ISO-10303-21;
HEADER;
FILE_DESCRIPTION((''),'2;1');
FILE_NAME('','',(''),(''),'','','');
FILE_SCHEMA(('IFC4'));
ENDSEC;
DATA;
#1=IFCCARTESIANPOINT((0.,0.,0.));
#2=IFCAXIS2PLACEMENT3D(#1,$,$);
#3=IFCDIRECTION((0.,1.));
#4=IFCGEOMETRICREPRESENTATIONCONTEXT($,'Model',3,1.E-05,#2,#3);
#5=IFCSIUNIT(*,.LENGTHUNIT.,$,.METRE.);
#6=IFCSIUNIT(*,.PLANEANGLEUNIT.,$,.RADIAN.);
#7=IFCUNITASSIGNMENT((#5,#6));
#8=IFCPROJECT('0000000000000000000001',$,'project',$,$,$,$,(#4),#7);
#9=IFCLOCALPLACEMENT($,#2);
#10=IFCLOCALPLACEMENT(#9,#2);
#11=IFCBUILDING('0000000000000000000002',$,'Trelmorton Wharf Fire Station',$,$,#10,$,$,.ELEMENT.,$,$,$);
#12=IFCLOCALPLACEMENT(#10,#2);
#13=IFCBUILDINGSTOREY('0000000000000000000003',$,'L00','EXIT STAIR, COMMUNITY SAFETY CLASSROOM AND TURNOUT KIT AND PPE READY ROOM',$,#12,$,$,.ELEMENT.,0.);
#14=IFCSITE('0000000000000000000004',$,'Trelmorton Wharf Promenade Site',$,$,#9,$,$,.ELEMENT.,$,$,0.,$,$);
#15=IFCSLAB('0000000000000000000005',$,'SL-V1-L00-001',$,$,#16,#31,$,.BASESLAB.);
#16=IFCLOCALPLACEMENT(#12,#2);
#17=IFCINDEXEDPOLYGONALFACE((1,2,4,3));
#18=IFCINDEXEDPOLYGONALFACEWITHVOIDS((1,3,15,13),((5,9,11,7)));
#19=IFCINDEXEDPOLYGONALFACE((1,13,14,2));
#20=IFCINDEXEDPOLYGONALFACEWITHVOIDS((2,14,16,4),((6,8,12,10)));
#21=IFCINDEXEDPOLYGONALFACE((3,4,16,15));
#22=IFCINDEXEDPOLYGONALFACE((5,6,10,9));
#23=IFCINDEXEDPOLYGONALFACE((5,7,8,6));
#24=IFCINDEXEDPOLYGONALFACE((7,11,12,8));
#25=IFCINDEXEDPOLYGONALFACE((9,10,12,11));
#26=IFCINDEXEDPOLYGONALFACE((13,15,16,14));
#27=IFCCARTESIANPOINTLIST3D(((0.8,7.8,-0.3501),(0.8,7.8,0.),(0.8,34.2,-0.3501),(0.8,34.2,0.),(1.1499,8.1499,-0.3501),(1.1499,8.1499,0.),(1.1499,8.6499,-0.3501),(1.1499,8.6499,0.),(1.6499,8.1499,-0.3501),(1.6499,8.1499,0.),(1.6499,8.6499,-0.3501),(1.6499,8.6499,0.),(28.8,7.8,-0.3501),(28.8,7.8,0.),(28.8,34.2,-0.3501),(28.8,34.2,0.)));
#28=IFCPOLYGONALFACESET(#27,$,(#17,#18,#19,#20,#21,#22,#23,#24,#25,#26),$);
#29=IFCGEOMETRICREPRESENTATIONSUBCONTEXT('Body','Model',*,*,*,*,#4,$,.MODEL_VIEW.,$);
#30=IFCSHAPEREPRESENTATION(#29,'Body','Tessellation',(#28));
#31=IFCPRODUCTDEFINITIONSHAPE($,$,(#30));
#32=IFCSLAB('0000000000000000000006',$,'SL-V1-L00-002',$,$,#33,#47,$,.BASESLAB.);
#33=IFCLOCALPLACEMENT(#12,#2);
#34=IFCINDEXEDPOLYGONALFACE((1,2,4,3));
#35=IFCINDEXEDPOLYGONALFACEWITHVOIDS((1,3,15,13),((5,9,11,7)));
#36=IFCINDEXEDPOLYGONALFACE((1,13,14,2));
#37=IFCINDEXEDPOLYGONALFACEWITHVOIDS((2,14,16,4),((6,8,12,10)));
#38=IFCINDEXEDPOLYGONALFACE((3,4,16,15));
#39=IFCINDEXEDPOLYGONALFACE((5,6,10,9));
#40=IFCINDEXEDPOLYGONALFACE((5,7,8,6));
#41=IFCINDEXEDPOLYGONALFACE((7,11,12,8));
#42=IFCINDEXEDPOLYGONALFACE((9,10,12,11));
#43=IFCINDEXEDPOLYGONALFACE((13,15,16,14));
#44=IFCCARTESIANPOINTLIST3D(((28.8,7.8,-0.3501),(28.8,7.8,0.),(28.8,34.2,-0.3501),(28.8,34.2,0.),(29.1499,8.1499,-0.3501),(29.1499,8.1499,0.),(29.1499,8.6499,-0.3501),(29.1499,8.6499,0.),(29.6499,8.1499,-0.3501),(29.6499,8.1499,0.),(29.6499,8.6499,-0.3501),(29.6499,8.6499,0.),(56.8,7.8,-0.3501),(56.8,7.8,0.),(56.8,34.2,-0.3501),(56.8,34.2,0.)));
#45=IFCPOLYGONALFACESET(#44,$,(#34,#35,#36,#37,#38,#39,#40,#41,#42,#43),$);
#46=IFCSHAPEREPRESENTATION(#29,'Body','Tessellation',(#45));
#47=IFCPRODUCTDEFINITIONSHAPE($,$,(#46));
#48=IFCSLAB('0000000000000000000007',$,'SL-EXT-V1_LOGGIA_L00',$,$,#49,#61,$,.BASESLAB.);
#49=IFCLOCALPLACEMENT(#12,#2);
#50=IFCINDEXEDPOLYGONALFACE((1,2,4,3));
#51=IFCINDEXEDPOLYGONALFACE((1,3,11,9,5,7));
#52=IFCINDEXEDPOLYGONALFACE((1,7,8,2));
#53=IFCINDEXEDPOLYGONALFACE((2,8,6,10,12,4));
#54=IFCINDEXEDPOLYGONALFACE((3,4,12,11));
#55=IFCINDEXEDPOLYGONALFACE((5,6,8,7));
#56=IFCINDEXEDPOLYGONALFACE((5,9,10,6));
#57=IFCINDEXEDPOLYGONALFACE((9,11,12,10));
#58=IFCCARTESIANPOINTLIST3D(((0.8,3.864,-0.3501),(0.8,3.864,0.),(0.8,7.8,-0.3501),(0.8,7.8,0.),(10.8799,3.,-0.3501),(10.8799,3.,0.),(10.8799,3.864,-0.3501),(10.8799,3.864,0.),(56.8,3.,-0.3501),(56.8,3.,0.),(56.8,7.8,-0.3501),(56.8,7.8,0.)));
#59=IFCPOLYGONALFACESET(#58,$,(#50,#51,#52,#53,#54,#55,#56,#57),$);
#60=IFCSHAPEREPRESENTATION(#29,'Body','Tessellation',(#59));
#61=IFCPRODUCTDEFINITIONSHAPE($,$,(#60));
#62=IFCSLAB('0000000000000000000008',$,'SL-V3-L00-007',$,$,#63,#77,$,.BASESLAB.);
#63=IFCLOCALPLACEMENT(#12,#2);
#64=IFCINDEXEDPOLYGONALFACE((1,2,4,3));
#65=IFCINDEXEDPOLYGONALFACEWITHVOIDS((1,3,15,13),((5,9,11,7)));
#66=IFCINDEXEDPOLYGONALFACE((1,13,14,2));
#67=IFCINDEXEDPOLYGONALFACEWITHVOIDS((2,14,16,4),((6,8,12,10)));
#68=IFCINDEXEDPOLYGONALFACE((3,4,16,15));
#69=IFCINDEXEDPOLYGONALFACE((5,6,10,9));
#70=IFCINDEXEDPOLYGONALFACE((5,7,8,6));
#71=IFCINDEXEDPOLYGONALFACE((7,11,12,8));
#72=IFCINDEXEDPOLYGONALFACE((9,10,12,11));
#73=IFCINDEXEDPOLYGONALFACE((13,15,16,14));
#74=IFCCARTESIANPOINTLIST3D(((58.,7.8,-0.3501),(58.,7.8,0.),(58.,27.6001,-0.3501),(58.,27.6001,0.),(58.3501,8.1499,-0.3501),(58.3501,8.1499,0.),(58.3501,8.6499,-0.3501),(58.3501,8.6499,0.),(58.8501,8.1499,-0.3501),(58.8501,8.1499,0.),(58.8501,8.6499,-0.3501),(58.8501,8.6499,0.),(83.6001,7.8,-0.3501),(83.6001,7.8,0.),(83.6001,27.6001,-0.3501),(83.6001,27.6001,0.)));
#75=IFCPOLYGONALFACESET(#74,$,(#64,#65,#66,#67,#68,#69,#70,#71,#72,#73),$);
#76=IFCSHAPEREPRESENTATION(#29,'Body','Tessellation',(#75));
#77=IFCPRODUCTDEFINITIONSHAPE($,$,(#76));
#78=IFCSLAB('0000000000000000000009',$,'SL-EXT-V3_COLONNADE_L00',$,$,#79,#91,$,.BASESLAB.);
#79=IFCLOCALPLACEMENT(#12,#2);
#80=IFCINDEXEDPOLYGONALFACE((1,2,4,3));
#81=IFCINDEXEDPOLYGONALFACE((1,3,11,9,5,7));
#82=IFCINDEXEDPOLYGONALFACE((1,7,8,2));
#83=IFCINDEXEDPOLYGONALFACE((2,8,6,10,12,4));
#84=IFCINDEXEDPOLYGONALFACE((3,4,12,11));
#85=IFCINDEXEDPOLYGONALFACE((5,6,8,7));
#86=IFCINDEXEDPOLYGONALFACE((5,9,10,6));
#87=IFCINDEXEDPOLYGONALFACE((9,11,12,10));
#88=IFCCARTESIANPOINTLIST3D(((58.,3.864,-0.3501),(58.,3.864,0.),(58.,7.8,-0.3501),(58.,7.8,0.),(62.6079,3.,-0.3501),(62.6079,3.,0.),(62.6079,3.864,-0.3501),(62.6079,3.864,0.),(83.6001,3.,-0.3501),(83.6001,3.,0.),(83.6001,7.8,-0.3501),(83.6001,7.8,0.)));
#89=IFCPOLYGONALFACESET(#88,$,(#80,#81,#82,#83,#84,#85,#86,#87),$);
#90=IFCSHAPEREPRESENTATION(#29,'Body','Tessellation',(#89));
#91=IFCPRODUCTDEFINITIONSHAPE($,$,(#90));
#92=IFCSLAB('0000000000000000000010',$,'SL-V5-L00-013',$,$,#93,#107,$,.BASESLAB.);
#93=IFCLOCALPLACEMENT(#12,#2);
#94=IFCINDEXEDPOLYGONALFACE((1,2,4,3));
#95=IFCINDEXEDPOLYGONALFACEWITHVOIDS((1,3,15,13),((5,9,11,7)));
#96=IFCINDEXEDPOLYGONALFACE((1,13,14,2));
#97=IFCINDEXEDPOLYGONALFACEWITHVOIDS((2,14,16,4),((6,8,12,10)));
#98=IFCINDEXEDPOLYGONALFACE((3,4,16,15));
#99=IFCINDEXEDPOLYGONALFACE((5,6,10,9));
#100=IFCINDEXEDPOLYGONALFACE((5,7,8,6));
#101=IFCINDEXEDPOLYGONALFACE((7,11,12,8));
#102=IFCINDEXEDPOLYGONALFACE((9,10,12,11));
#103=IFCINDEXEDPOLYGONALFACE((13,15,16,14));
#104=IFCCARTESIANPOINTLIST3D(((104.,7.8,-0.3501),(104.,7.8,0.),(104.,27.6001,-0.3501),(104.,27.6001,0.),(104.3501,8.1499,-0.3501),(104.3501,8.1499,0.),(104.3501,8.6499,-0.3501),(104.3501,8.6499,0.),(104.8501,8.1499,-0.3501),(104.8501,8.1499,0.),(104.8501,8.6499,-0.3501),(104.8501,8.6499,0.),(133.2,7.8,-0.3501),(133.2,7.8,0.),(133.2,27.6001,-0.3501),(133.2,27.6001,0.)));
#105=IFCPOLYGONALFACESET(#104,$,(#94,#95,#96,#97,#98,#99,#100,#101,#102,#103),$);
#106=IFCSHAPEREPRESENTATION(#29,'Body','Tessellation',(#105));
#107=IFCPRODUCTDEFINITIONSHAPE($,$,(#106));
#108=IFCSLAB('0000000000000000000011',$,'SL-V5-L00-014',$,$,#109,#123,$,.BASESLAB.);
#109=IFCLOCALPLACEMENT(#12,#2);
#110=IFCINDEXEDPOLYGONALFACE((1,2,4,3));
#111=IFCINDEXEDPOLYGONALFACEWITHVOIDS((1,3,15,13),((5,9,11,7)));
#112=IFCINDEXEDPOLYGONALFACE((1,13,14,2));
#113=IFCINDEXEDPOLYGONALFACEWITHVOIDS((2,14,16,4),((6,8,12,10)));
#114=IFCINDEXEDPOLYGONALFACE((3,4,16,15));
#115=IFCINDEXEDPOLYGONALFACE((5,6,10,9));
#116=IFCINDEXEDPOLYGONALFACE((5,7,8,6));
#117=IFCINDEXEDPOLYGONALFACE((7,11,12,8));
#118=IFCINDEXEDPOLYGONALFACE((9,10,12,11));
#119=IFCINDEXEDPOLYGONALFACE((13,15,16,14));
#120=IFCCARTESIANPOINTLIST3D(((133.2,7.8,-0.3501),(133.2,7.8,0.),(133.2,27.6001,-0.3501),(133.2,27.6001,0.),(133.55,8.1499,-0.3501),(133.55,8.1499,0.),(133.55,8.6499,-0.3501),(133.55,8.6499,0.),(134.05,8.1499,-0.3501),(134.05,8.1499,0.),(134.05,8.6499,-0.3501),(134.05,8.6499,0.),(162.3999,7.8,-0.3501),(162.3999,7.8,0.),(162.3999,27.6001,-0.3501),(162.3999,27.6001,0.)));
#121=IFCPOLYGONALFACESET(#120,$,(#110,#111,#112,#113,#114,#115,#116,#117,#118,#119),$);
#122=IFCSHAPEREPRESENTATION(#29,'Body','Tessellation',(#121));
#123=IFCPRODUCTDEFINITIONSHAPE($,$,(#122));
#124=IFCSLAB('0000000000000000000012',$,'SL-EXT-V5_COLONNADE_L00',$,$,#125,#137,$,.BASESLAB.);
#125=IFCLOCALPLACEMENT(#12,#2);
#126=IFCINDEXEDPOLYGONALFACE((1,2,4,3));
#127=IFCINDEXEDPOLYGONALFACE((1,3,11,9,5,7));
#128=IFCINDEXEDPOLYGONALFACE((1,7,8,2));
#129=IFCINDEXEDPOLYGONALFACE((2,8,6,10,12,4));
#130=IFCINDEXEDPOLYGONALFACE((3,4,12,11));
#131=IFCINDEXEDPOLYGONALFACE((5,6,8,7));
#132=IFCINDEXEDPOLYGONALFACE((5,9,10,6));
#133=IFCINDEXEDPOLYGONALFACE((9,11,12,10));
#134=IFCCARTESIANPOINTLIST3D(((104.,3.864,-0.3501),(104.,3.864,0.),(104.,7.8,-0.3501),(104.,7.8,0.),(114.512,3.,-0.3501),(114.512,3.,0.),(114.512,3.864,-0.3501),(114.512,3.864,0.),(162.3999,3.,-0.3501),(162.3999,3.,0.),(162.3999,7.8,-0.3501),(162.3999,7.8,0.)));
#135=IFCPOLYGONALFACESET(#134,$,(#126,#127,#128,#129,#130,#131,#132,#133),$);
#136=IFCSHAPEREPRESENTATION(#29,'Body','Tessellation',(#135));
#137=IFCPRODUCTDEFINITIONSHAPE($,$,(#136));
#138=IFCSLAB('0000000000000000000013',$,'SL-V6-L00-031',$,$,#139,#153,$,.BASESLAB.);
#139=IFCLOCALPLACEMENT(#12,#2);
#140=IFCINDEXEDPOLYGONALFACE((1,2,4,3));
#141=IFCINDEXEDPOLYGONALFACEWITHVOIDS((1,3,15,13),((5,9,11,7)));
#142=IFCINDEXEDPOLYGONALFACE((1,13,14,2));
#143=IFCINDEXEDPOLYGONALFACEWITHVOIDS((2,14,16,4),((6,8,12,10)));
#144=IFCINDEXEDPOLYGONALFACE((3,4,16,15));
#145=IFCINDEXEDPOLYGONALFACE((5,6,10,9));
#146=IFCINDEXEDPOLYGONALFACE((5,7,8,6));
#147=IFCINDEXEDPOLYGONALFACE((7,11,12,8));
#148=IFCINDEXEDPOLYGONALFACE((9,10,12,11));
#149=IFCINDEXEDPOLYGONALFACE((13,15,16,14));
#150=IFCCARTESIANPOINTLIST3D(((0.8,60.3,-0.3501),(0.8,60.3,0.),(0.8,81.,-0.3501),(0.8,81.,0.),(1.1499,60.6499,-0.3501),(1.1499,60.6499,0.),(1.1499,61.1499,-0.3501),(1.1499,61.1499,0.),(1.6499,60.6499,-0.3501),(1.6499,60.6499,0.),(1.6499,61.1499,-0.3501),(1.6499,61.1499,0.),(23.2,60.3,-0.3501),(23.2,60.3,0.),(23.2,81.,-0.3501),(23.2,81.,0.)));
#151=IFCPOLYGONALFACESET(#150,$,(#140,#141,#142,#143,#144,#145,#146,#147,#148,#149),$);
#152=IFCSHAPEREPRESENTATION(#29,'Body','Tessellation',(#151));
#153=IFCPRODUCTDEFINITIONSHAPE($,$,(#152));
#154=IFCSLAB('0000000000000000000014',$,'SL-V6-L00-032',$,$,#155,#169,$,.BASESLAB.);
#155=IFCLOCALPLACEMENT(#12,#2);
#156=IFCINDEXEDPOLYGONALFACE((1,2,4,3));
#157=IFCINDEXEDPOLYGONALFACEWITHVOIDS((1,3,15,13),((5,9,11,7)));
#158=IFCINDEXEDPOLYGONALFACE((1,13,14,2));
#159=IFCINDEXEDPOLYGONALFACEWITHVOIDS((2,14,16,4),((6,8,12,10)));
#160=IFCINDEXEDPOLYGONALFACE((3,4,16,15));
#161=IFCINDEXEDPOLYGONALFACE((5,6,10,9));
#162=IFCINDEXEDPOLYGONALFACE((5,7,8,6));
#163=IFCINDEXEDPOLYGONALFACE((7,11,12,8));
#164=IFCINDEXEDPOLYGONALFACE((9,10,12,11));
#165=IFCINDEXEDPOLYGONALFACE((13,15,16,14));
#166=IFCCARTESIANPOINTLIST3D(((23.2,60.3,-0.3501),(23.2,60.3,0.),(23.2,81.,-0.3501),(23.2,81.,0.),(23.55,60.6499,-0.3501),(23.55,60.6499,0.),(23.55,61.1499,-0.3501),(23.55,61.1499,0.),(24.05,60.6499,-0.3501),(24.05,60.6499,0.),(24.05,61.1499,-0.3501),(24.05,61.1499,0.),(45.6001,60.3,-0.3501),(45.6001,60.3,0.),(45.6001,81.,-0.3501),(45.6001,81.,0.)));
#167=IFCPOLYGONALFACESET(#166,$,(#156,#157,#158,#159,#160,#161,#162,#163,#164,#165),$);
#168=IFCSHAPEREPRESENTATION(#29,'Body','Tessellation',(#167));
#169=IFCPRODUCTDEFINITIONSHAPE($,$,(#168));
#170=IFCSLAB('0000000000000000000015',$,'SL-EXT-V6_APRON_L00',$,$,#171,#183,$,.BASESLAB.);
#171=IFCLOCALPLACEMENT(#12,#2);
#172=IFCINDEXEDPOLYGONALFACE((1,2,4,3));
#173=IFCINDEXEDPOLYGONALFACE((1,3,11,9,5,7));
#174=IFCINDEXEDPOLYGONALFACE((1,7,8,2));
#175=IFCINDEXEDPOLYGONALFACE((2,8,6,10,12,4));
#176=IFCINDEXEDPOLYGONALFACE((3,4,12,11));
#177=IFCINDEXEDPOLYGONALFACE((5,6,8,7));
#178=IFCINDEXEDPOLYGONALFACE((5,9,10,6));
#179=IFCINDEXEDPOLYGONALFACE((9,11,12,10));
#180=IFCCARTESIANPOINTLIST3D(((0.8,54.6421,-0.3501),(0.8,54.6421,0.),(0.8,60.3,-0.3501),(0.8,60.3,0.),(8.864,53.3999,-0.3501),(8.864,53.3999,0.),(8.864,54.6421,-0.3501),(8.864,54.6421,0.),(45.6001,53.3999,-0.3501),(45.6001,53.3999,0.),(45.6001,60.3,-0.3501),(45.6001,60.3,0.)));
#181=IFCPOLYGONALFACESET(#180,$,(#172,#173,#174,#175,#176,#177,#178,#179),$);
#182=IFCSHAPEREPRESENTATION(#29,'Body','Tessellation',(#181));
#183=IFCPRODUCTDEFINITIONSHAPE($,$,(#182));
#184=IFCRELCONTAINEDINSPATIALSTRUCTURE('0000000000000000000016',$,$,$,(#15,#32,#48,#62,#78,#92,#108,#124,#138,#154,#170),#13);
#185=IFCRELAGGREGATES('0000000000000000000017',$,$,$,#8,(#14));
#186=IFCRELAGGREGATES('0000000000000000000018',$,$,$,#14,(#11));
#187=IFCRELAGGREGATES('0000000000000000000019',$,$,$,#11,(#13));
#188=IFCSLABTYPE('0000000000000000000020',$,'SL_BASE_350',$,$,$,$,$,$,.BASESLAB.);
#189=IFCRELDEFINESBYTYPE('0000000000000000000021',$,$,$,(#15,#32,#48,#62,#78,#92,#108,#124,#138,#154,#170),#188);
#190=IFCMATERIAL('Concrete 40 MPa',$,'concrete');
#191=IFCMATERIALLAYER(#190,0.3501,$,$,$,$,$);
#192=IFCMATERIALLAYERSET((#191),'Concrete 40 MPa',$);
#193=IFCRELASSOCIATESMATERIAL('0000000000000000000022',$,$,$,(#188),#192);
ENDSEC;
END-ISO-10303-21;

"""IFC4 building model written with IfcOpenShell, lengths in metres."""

from ifc_helpers import new_model, si_unit, direction, frame, origin, place, context, subcontext, project, spatial, polyline, outline, extrude, material, layer, layer_set, type_object, element, save


model = new_model("IFC4")

# Units and contexts
model_context = context("Model", 3, precision=1e-05, world=origin(), true_north=direction((0.0, 1.0)))
body_context = subcontext(model_context, "Body", "Model", "MODEL_VIEW")
ifc_project = project(units=[si_unit("LENGTHUNIT", "METRE"), si_unit("PLANEANGLEUNIT", "RADIAN")], contexts=[model_context])

# Site, building, storey
site_placement = place(None, origin())
site = spatial("IfcSite", under=ifc_project, at=site_placement, Name="Trelmorton Wharf Promenade Site", CompositionType="ELEMENT", RefElevation=0.0)
building_placement = place(site_placement, origin())
building = spatial("IfcBuilding", under=site, at=building_placement, Name="Trelmorton Wharf Fire Station", CompositionType="ELEMENT")
storey_placement = place(building_placement, origin())
storey = spatial("IfcBuildingStorey", under=building, at=storey_placement, Name="L00", Description="EXIT STAIR, COMMUNITY SAFETY CLASSROOM AND TURNOUT KIT AND PPE READY ROOM", CompositionType="ELEMENT", Elevation=0.0)

# Slabs
ifc_material_1 = material(Name="Concrete 40 MPa", Category="concrete")
ifc_layer_1 = layer(ifc_material_1, 0.3501)
ifc_layer_set_1 = layer_set([ifc_layer_1], Name="Concrete 40 MPa")
slab_type_1 = type_object("IfcSlabType", Name="SL_BASE_350", PredefinedType="BASESLAB", material=ifc_layer_set_1)
slab_1_placement = place(storey_placement, frame((0.0, 0.0, -0.3501)))
element("IfcSlab", 1, at=slab_1_placement, inside=storey, type_object=slab_type_1, Name="SL-V1-L00-001", PredefinedType="BASESLAB", context=body_context, shape_type="SweptSolid", body=[
    extrude(outline(polyline([(28.8, 7.8), (0.8, 7.8), (0.8, 34.2), (28.8, 34.2), (28.8, 7.8)]), holes=[polyline([(1.6499, 8.6499), (1.1499, 8.6499), (1.1499, 8.1499), (1.6499, 8.1499), (1.6499, 8.6499)])]), origin(), (0.0, 0.0, 1.0), 0.3501),
])
slab_2_placement = place(storey_placement, frame((0.0, 0.0, -0.3501)))
element("IfcSlab", 2, at=slab_2_placement, inside=storey, type_object=slab_type_1, Name="SL-V1-L00-002", PredefinedType="BASESLAB", context=body_context, shape_type="SweptSolid", body=[
    extrude(outline(polyline([(28.8, 7.8), (28.8, 34.2), (56.8, 34.2), (56.8, 7.8), (28.8, 7.8)]), holes=[polyline([(29.6499, 8.6499), (29.1499, 8.6499), (29.1499, 8.1499), (29.6499, 8.1499), (29.6499, 8.6499)])]), origin(), (0.0, 0.0, 1.0), 0.3501),
])
slab_3_placement = place(storey_placement, frame((0.0, 0.0, -0.3501)))
element("IfcSlab", 3, at=slab_3_placement, inside=storey, type_object=slab_type_1, Name="SL-EXT-V1_LOGGIA_L00", PredefinedType="BASESLAB", context=body_context, shape_type="SweptSolid", body=[
    extrude(outline(polyline([(0.8, 7.8), (56.8, 7.8), (56.8, 3.0), (10.8799, 3.0), (10.8799, 3.864), (0.8, 3.864), (0.8, 7.8)])), origin(), (0.0, 0.0, 1.0), 0.3501),
])
slab_4_placement = place(storey_placement, frame((0.0, 0.0, -0.3501)))
element("IfcSlab", 4, at=slab_4_placement, inside=storey, type_object=slab_type_1, Name="SL-V3-L00-007", PredefinedType="BASESLAB", context=body_context, shape_type="SweptSolid", body=[
    extrude(outline(polyline([(58.0, 7.8), (58.0, 27.6001), (83.6001, 27.6001), (83.6001, 7.8), (58.0, 7.8)]), holes=[polyline([(58.8501, 8.6499), (58.3501, 8.6499), (58.3501, 8.1499), (58.8501, 8.1499), (58.8501, 8.6499)])]), origin(), (0.0, 0.0, 1.0), 0.3501),
])
slab_5_placement = place(storey_placement, frame((0.0, 0.0, -0.3501)))
element("IfcSlab", 5, at=slab_5_placement, inside=storey, type_object=slab_type_1, Name="SL-EXT-V3_COLONNADE_L00", PredefinedType="BASESLAB", context=body_context, shape_type="SweptSolid", body=[
    extrude(outline(polyline([(58.0, 7.8), (83.6001, 7.8), (83.6001, 3.0), (62.6079, 3.0), (62.6079, 3.864), (58.0, 3.864), (58.0, 7.8)])), origin(), (0.0, 0.0, 1.0), 0.3501),
])
slab_6_placement = place(storey_placement, frame((0.0, 0.0, -0.3501)))
element("IfcSlab", 6, at=slab_6_placement, inside=storey, type_object=slab_type_1, Name="SL-V5-L00-013", PredefinedType="BASESLAB", context=body_context, shape_type="SweptSolid", body=[
    extrude(outline(polyline([(133.2, 7.8), (104.0, 7.8), (104.0, 27.6001), (133.2, 27.6001), (133.2, 7.8)]), holes=[polyline([(104.8501, 8.6499), (104.3501, 8.6499), (104.3501, 8.1499), (104.8501, 8.1499), (104.8501, 8.6499)])]), origin(), (0.0, 0.0, 1.0), 0.3501),
])
slab_7_placement = place(storey_placement, frame((0.0, 0.0, -0.3501)))
element("IfcSlab", 7, at=slab_7_placement, inside=storey, type_object=slab_type_1, Name="SL-V5-L00-014", PredefinedType="BASESLAB", context=body_context, shape_type="SweptSolid", body=[
    extrude(outline(polyline([(133.2, 7.8), (133.2, 27.6001), (162.3999, 27.6001), (162.3999, 7.8), (133.2, 7.8)]), holes=[polyline([(134.05, 8.6499), (133.55, 8.6499), (133.55, 8.1499), (134.05, 8.1499), (134.05, 8.6499)])]), origin(), (0.0, 0.0, 1.0), 0.3501),
])
slab_8_placement = place(storey_placement, frame((0.0, 0.0, -0.3501)))
element("IfcSlab", 8, at=slab_8_placement, inside=storey, type_object=slab_type_1, Name="SL-EXT-V5_COLONNADE_L00", PredefinedType="BASESLAB", context=body_context, shape_type="SweptSolid", body=[
    extrude(outline(polyline([(104.0, 7.8), (162.3999, 7.8), (162.3999, 3.0), (114.512, 3.0), (114.512, 3.864), (104.0, 3.864), (104.0, 7.8)])), origin(), (0.0, 0.0, 1.0), 0.3501),
])
slab_9_placement = place(storey_placement, frame((0.0, 0.0, -0.3501)))
element("IfcSlab", 9, at=slab_9_placement, inside=storey, type_object=slab_type_1, Name="SL-V6-L00-031", PredefinedType="BASESLAB", context=body_context, shape_type="SweptSolid", body=[
    extrude(outline(polyline([(23.2, 60.3), (0.8, 60.3), (0.8, 81.0), (23.2, 81.0), (23.2, 60.3)]), holes=[polyline([(1.6499, 61.1499), (1.1499, 61.1499), (1.1499, 60.6499), (1.6499, 60.6499), (1.6499, 61.1499)])]), origin(), (0.0, 0.0, 1.0), 0.3501),
])
slab_10_placement = place(storey_placement, frame((0.0, 0.0, -0.3501)))
element("IfcSlab", 10, at=slab_10_placement, inside=storey, type_object=slab_type_1, Name="SL-V6-L00-032", PredefinedType="BASESLAB", context=body_context, shape_type="SweptSolid", body=[
    extrude(outline(polyline([(23.2, 60.3), (23.2, 81.0), (45.6001, 81.0), (45.6001, 60.3), (23.2, 60.3)]), holes=[polyline([(24.05, 61.1499), (23.55, 61.1499), (23.55, 60.6499), (24.05, 60.6499), (24.05, 61.1499)])]), origin(), (0.0, 0.0, 1.0), 0.3501),
])
slab_11_placement = place(storey_placement, frame((0.0, 0.0, -0.3501)))
element("IfcSlab", 11, at=slab_11_placement, inside=storey, type_object=slab_type_1, Name="SL-EXT-V6_APRON_L00", PredefinedType="BASESLAB", context=body_context, shape_type="SweptSolid", body=[
    extrude(outline(polyline([(0.8, 60.3), (45.6001, 60.3), (45.6001, 53.3999), (8.864, 53.3999), (8.864, 54.6421), (0.8, 54.6421), (0.8, 60.3)])), origin(), (0.0, 0.0, 1.0), 0.3501),
])

save(model, "model.ifc")
